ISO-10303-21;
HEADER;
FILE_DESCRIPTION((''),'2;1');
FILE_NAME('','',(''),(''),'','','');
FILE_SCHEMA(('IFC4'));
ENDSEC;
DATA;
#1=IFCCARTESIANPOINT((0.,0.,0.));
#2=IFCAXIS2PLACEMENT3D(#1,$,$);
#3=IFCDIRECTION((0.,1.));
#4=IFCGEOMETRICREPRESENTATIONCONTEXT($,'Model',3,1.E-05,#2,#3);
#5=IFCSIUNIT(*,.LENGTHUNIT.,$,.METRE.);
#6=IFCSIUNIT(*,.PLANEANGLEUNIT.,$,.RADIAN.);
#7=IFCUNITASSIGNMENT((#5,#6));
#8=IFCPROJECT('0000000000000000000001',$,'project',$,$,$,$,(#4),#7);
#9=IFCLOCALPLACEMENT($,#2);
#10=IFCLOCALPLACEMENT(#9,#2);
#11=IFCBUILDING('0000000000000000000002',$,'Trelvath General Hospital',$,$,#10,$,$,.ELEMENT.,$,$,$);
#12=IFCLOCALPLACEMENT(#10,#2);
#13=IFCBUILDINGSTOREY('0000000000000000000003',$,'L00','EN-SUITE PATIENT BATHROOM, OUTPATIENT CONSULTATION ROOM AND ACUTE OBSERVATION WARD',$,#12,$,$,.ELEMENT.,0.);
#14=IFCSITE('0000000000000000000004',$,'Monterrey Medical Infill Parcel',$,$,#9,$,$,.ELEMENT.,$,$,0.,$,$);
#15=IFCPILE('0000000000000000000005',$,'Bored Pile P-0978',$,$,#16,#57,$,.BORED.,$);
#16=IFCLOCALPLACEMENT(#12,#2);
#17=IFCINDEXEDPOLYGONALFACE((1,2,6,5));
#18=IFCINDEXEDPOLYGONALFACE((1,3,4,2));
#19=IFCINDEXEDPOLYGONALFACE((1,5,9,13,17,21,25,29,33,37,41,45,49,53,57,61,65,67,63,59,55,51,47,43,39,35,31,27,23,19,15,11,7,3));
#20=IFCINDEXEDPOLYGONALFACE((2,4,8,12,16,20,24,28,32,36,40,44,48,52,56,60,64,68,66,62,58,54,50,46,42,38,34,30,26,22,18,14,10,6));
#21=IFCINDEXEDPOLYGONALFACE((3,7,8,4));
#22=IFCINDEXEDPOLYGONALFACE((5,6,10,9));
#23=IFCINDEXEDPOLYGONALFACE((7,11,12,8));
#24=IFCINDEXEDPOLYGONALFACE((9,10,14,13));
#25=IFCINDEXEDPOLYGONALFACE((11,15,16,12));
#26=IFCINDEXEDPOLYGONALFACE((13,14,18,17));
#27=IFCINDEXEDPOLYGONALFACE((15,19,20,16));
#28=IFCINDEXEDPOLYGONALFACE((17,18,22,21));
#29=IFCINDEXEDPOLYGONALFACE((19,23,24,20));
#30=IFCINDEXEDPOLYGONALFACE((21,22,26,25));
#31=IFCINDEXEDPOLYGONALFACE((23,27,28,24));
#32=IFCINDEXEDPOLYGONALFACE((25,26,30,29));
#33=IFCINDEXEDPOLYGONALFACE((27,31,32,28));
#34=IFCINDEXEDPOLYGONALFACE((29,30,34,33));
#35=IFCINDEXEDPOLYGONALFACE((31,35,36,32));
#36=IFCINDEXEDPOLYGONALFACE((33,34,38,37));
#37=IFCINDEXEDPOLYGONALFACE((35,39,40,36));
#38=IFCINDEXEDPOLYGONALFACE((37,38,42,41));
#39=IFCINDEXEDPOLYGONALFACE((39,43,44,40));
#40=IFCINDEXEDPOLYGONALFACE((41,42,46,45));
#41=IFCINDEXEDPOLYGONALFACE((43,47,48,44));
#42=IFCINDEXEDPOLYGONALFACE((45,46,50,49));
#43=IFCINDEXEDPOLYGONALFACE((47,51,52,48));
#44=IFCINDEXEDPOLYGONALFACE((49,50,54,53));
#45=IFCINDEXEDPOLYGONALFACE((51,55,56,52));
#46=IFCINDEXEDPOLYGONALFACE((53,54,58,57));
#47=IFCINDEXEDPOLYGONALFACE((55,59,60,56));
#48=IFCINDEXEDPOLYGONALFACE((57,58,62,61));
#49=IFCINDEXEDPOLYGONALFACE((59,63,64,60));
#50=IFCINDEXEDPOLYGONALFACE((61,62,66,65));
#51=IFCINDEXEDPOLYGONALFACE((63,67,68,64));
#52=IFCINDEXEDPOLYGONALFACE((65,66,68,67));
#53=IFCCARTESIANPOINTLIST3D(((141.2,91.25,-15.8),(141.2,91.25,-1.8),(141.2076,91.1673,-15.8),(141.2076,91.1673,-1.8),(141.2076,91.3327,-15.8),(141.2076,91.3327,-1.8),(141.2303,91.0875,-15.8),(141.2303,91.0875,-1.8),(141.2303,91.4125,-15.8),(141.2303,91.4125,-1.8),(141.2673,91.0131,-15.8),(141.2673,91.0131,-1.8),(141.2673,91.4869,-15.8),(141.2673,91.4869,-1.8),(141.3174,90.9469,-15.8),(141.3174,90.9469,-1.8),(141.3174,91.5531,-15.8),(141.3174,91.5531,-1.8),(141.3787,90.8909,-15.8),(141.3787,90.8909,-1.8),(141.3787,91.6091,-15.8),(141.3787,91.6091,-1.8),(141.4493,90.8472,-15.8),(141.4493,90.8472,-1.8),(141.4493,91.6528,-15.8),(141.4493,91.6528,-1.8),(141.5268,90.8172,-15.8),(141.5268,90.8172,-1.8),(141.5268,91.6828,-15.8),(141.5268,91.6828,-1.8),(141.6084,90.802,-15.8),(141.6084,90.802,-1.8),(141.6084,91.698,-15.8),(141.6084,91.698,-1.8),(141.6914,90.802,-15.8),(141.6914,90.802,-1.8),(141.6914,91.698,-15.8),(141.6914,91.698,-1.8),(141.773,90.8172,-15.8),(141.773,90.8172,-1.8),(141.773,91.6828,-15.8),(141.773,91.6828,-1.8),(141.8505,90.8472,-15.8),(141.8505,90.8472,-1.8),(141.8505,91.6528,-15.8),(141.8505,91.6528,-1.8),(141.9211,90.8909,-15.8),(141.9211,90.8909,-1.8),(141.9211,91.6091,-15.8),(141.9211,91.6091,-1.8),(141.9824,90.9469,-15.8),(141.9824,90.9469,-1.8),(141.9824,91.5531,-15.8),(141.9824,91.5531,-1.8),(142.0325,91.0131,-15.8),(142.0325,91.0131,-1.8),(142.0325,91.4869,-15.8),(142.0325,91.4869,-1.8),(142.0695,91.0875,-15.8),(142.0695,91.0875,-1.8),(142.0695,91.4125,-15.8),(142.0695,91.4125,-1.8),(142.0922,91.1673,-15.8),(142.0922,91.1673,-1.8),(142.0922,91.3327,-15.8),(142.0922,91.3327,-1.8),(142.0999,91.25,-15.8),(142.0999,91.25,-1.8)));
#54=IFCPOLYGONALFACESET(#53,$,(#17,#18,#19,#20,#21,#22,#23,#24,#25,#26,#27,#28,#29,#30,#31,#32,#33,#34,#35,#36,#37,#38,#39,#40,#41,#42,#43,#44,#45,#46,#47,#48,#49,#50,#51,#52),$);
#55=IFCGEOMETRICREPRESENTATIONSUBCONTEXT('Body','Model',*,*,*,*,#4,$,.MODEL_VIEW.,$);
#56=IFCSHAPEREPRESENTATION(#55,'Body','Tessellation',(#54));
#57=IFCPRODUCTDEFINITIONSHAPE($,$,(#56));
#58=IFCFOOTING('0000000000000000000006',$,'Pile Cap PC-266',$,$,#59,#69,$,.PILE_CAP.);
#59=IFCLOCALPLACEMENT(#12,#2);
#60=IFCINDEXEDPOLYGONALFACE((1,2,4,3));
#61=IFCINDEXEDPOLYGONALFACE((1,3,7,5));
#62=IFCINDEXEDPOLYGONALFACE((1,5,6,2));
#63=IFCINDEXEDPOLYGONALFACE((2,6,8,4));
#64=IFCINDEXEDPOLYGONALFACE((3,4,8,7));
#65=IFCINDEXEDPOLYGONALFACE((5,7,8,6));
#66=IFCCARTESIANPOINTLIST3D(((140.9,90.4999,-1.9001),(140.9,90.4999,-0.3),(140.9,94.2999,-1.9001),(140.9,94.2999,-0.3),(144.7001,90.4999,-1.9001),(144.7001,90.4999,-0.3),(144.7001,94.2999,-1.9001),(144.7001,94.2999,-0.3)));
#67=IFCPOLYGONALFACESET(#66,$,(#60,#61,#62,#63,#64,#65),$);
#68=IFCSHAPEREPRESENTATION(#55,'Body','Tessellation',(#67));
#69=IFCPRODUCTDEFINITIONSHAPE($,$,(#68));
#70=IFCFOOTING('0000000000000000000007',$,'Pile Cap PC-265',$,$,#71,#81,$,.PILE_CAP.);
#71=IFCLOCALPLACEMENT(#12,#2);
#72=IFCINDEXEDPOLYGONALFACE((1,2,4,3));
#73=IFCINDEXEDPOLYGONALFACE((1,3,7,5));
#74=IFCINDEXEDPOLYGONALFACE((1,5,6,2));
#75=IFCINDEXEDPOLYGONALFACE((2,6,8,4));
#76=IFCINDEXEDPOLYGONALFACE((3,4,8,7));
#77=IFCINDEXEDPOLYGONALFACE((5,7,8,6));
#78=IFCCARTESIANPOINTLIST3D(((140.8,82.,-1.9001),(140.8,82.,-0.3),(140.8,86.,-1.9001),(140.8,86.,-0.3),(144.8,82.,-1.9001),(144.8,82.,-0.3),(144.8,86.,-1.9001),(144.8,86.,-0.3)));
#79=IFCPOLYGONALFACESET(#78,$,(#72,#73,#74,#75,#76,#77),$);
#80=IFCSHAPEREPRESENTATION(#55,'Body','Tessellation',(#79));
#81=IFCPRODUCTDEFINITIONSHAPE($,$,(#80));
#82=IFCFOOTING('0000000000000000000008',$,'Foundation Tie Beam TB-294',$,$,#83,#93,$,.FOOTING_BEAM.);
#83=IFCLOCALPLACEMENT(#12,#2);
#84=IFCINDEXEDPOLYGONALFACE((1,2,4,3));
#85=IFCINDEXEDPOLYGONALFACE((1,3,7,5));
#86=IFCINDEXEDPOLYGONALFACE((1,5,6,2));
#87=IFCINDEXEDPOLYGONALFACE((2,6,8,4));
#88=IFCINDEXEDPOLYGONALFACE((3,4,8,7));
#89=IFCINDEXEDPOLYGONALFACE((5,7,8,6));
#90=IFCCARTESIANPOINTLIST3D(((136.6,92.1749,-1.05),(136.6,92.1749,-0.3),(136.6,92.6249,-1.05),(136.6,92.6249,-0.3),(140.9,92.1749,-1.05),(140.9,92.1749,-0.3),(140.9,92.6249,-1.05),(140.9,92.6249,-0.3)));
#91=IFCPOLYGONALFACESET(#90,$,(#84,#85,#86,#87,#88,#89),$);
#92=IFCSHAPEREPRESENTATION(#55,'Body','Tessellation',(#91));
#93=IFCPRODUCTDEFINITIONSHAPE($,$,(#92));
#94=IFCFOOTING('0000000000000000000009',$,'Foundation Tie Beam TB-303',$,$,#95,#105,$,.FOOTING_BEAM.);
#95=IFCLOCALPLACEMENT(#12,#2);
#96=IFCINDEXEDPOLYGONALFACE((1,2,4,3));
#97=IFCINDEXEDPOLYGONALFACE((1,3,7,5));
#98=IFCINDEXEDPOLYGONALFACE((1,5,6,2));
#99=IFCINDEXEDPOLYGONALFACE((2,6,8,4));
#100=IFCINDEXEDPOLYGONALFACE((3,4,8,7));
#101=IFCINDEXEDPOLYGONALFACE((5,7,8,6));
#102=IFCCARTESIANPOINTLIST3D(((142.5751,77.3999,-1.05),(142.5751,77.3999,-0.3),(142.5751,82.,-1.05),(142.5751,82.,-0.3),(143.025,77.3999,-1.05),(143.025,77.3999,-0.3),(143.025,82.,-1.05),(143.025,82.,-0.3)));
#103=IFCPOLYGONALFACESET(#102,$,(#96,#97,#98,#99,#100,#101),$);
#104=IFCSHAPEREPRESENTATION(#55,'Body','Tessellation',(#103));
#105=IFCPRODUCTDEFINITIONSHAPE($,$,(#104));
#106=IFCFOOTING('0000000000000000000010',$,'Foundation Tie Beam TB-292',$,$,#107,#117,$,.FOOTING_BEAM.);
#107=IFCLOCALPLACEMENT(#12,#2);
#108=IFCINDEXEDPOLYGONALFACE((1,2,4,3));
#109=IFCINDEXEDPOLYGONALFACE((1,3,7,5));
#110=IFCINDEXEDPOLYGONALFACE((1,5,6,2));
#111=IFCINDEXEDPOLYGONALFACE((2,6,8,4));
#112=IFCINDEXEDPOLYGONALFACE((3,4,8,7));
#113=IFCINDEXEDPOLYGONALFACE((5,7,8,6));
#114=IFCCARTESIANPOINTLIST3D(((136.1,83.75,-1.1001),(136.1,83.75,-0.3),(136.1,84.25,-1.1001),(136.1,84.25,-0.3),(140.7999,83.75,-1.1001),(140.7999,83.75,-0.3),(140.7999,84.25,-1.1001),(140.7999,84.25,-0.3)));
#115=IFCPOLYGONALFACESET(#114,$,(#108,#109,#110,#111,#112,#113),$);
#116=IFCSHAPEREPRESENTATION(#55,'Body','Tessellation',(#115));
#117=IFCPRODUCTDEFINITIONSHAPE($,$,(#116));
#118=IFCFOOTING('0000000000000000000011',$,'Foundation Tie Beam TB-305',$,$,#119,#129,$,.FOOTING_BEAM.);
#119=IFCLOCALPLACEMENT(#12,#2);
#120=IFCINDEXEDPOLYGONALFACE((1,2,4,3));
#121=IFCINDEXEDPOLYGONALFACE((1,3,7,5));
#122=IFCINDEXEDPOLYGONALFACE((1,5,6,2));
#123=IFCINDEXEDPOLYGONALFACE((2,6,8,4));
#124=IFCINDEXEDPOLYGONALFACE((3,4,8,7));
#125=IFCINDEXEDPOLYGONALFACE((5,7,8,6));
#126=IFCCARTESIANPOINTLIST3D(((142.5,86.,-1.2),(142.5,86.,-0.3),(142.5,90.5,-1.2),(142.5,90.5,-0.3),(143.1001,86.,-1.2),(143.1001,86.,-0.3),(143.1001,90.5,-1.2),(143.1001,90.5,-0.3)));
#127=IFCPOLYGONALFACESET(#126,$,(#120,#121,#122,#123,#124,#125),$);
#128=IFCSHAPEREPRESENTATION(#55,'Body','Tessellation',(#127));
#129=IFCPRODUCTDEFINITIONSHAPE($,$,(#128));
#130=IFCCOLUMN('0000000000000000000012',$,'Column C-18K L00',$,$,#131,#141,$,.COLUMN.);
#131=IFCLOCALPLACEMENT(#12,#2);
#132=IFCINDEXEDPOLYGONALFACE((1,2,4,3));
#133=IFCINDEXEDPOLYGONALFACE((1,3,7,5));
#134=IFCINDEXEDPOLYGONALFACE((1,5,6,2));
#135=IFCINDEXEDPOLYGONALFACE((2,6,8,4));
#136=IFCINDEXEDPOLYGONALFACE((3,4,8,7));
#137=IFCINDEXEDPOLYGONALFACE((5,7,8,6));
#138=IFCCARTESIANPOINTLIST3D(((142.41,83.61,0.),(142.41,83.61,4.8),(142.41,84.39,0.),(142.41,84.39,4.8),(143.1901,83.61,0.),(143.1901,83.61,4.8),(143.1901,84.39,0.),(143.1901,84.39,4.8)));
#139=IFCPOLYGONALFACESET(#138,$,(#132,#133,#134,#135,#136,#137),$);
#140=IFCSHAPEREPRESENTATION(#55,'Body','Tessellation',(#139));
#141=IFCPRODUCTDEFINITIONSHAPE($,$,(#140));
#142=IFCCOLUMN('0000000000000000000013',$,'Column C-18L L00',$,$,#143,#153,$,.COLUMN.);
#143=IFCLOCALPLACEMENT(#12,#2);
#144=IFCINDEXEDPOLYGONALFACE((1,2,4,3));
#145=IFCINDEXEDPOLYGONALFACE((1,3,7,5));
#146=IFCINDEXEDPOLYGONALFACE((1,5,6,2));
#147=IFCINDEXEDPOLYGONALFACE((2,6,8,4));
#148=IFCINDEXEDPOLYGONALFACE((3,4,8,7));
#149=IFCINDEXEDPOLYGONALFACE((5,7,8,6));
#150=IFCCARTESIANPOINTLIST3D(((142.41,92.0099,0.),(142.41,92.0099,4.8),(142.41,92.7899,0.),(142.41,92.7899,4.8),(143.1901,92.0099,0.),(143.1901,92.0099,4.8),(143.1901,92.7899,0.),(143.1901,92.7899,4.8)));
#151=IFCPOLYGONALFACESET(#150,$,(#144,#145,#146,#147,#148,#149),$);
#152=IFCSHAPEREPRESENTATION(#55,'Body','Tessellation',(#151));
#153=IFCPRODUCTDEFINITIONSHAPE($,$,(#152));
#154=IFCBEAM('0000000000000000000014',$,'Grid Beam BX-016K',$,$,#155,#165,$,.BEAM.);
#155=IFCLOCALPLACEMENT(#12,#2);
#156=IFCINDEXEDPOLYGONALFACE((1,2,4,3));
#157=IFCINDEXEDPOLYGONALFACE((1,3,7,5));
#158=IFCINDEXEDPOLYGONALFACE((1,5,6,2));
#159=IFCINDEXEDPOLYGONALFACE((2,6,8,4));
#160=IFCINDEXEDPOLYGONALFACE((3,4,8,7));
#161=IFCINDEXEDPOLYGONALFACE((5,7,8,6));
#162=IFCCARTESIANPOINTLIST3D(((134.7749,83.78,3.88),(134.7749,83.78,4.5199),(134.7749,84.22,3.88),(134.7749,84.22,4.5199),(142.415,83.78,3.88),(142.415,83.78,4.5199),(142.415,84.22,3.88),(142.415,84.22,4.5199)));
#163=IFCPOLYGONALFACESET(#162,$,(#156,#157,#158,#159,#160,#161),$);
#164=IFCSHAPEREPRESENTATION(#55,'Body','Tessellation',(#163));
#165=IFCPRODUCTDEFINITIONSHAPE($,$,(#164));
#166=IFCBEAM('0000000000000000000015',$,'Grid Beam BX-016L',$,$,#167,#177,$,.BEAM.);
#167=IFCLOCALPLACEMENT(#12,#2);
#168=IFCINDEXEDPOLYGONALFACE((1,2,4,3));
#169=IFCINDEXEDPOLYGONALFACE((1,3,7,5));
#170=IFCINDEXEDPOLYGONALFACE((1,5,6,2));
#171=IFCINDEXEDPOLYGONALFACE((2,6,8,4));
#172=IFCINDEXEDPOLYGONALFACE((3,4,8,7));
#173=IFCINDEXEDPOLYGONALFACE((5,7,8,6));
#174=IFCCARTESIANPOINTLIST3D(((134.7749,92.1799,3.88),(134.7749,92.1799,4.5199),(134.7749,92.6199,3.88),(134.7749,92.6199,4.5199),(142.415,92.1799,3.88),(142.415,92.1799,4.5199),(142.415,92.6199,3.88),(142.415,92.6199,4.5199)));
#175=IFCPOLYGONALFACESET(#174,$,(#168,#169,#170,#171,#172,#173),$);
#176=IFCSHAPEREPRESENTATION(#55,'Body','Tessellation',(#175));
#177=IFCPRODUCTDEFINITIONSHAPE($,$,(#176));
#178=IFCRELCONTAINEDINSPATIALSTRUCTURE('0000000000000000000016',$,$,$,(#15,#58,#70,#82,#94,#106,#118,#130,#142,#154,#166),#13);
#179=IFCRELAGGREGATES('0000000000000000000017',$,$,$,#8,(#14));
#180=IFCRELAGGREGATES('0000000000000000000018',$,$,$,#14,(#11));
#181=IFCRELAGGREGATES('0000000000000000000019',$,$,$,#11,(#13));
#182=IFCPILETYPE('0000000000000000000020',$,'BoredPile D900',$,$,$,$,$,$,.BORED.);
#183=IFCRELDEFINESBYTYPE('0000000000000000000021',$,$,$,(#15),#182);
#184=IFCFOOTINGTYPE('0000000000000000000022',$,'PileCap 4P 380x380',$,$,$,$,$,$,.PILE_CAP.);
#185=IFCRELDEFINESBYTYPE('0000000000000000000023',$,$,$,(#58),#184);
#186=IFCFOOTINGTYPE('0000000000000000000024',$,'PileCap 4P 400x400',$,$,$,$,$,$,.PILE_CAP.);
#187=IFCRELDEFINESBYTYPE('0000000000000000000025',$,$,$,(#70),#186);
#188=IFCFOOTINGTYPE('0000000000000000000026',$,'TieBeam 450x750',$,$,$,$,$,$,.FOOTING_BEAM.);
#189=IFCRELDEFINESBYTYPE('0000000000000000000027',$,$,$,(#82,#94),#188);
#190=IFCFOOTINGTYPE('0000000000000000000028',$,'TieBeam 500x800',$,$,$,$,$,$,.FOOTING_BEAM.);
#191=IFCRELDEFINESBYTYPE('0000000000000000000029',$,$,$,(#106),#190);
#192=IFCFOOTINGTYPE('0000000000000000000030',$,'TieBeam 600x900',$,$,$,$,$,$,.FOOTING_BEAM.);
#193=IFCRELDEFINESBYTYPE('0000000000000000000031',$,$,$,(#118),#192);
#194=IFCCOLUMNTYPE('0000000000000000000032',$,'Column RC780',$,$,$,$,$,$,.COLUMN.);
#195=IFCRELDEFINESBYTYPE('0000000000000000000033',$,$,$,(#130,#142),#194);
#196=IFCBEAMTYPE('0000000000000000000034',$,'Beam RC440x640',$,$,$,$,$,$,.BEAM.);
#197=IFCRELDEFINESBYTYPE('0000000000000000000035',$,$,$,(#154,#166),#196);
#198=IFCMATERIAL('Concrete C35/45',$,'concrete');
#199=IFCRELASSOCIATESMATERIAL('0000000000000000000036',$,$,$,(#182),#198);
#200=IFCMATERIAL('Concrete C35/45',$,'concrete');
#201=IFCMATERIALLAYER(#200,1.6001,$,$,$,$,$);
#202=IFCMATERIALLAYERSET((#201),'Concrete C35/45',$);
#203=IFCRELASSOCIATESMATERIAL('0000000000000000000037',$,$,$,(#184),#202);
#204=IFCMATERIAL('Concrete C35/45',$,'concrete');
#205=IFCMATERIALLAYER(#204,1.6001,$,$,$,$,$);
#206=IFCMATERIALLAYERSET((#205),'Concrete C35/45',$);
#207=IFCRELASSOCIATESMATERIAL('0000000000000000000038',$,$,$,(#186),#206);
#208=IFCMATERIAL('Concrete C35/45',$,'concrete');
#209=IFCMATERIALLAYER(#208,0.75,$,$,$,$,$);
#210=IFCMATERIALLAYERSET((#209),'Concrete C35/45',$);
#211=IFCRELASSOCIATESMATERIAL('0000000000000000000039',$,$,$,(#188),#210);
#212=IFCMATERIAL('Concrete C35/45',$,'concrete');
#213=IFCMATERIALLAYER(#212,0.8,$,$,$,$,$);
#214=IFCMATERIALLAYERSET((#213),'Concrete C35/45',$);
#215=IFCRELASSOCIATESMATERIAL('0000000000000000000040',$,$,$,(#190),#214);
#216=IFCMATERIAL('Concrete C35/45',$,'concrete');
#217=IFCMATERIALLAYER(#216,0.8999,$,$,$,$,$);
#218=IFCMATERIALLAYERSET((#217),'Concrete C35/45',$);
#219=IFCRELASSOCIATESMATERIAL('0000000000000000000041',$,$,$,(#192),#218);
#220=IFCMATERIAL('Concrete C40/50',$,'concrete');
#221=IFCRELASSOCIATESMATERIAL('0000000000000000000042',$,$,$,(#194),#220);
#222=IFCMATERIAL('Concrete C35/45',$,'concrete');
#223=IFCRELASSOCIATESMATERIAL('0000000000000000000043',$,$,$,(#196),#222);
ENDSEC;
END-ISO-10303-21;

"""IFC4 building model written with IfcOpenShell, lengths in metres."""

from ifc_helpers import new_model, si_unit, direction, frame, origin, origin_2d, place, context, subcontext, project, spatial, rectangle, circle, extrude, material, layer, layer_set, material_profile, profile_set, type_object, element, save


model = new_model("IFC4")

# Units and contexts
model_context = context("Model", 3, precision=1e-05, world=origin(), true_north=direction((0.0, 1.0)))
body_context = subcontext(model_context, "Body", "Model", "MODEL_VIEW")
ifc_project = project(units=[si_unit("LENGTHUNIT", "METRE"), si_unit("PLANEANGLEUNIT", "RADIAN")], contexts=[model_context])

# Site, building, storey
site_placement = place(None, origin())
site = spatial("IfcSite", under=ifc_project, at=site_placement, Name="Monterrey Medical Infill Parcel", CompositionType="ELEMENT", RefElevation=0.0)
building_placement = place(site_placement, origin())
building = spatial("IfcBuilding", under=site, at=building_placement, Name="Trelvath General Hospital", CompositionType="ELEMENT")
storey_placement = place(building_placement, origin())
storey = spatial("IfcBuildingStorey", under=building, at=storey_placement, Name="L00", Description="EN-SUITE PATIENT BATHROOM, OUTPATIENT CONSULTATION ROOM AND ACUTE OBSERVATION WARD", CompositionType="ELEMENT", Elevation=0.0)

# Pile
ifc_material_1 = material(Name="Concrete C35/45", Category="concrete")
ifc_material_profile_1 = material_profile(ifc_material_1, circle(Radius=0.45, at=origin_2d()), Name="PILE900")
ifc_profile_set_1 = profile_set([ifc_material_profile_1], Name="Concrete C35/45")
pile_type_1 = type_object("IfcPileType", Name="BoredPile D900", PredefinedType="BORED", material=ifc_profile_set_1)
for number, where, z_axis, x_axis, name in (
    (1, (141.6499, 91.25, -1.8), (0.0, 0.0, -1.0), (1.0, 0.0, 0.0), "Bored Pile P-0978"),
):
    element("IfcPile", number, at=place(storey_placement, frame(where, z_axis=z_axis, x_axis=x_axis)), inside=storey, type_object=pile_type_1, Name=name, PredefinedType="BORED", context=body_context, shape_type="SweptSolid", body=[
        extrude(circle(Radius=0.45, at=origin_2d()), origin(), (0.0, 0.0, 1.0), 14.0),
    ])

# Footings
ifc_material_2 = material(Name="Concrete C35/45", Category="concrete")
ifc_layer_1 = layer(ifc_material_2, 1.6001)
ifc_layer_set_1 = layer_set([ifc_layer_1], Name="Concrete C35/45")
footing_type_1 = type_object("IfcFootingType", Name="PileCap 4P 380x380", PredefinedType="PILE_CAP", material=ifc_layer_set_1)
footing_1_placement = place(storey_placement, frame((142.8, 92.3999, -1.9001), z_axis=(0.0, 0.0, 1.0), x_axis=(1.0, 0.0, 0.0)))
element("IfcFooting", 2, at=footing_1_placement, inside=storey, type_object=footing_type_1, Name="Pile Cap PC-266", PredefinedType="PILE_CAP", context=body_context, shape_type="SweptSolid", body=[
    extrude(rectangle(XDim=3.8, YDim=3.8, at=origin_2d()), origin(), (0.0, 0.0, 1.0), 1.6001),
])
ifc_material_3 = material(Name="Concrete C35/45", Category="concrete")
ifc_layer_2 = layer(ifc_material_3, 1.6001)
ifc_layer_set_2 = layer_set([ifc_layer_2], Name="Concrete C35/45")
footing_type_2 = type_object("IfcFootingType", Name="PileCap 4P 400x400", PredefinedType="PILE_CAP", material=ifc_layer_set_2)
footing_2_placement = place(storey_placement, frame((142.8, 84.0, -1.9001), z_axis=(0.0, 0.0, 1.0), x_axis=(1.0, 0.0, 0.0)))
element("IfcFooting", 3, at=footing_2_placement, inside=storey, type_object=footing_type_2, Name="Pile Cap PC-265", PredefinedType="PILE_CAP", context=body_context, shape_type="SweptSolid", body=[
    extrude(rectangle(XDim=4.0, YDim=4.0, at=origin_2d()), origin(), (0.0, 0.0, 1.0), 1.6001),
])
ifc_material_4 = material(Name="Concrete C35/45", Category="concrete")
ifc_layer_3 = layer(ifc_material_4, 0.75)
ifc_layer_set_3 = layer_set([ifc_layer_3], Name="Concrete C35/45")
footing_type_3 = type_object("IfcFootingType", Name="TieBeam 450x750", PredefinedType="FOOTING_BEAM", material=ifc_layer_set_3)
footing_3_placement = place(storey_placement, frame((138.75, 92.3999, -1.05), z_axis=(0.0, 0.0, 1.0), x_axis=(1.0, 0.0, 0.0)))
element("IfcFooting", 4, at=footing_3_placement, inside=storey, type_object=footing_type_3, Name="Foundation Tie Beam TB-294", PredefinedType="FOOTING_BEAM", context=body_context, shape_type="SweptSolid", body=[
    extrude(rectangle(XDim=4.3, YDim=0.45, at=origin_2d()), origin(), (0.0, 0.0, 1.0), 0.75),
])
footing_4_placement = place(storey_placement, frame((142.8, 79.7, -1.05), z_axis=(0.0, 0.0, 1.0), x_axis=(1.0, 0.0, 0.0)))
element("IfcFooting", 5, at=footing_4_placement, inside=storey, type_object=footing_type_3, Name="Foundation Tie Beam TB-303", PredefinedType="FOOTING_BEAM", context=body_context, shape_type="SweptSolid", body=[
    extrude(rectangle(XDim=0.45, YDim=4.6001, at=origin_2d()), origin(), (0.0, 0.0, 1.0), 0.75),
])
ifc_material_5 = material(Name="Concrete C35/45", Category="concrete")
ifc_layer_4 = layer(ifc_material_5, 0.8)
ifc_layer_set_4 = layer_set([ifc_layer_4], Name="Concrete C35/45")
footing_type_4 = type_object("IfcFootingType", Name="TieBeam 500x800", PredefinedType="FOOTING_BEAM", material=ifc_layer_set_4)
footing_5_placement = place(storey_placement, frame((138.45, 84.0, -1.1001), z_axis=(0.0, 0.0, 1.0), x_axis=(1.0, 0.0, 0.0)))
element("IfcFooting", 6, at=footing_5_placement, inside=storey, type_object=footing_type_4, Name="Foundation Tie Beam TB-292", PredefinedType="FOOTING_BEAM", context=body_context, shape_type="SweptSolid", body=[
    extrude(rectangle(XDim=4.7, YDim=0.5, at=origin_2d()), origin(), (0.0, 0.0, 1.0), 0.8),
])
ifc_material_6 = material(Name="Concrete C35/45", Category="concrete")
ifc_layer_5 = layer(ifc_material_6, 0.8999)
ifc_layer_set_5 = layer_set([ifc_layer_5], Name="Concrete C35/45")
footing_type_5 = type_object("IfcFootingType", Name="TieBeam 600x900", PredefinedType="FOOTING_BEAM", material=ifc_layer_set_5)
footing_6_placement = place(storey_placement, frame((142.8, 88.25, -1.2), z_axis=(0.0, 0.0, 1.0), x_axis=(1.0, 0.0, 0.0)))
element("IfcFooting", 7, at=footing_6_placement, inside=storey, type_object=footing_type_5, Name="Foundation Tie Beam TB-305", PredefinedType="FOOTING_BEAM", context=body_context, shape_type="SweptSolid", body=[
    extrude(rectangle(XDim=0.6001, YDim=4.5, at=origin_2d()), origin(), (0.0, 0.0, 1.0), 0.8999),
])

# Columns
ifc_material_7 = material(Name="Concrete C40/50", Category="concrete")
ifc_material_profile_2 = material_profile(ifc_material_7, rectangle(XDim=0.78, YDim=0.78, at=origin_2d()), Name="RC780x780")
ifc_profile_set_2 = profile_set([ifc_material_profile_2], Name="Concrete C40/50")
column_type = type_object("IfcColumnType", Name="Column RC780", PredefinedType="COLUMN", material=ifc_profile_set_2)
for number, where, z_axis, x_axis, name in (
    (8, (142.8, 84.0, 0.0), (0.0, 0.0, 1.0), (1.0, 0.0, 0.0), "Column C-18K L00"),
    (9, (142.8, 92.3999, 0.0), (0.0, 0.0, 1.0), (1.0, 0.0, 0.0), "Column C-18L L00"),
):
    element("IfcColumn", number, at=place(storey_placement, frame(where, z_axis=z_axis, x_axis=x_axis)), inside=storey, type_object=column_type, Name=name, PredefinedType="COLUMN", context=body_context, shape_type="SweptSolid", body=[
        extrude(rectangle(XDim=0.78, YDim=0.78, at=origin_2d()), origin(), (0.0, 0.0, 1.0), 4.8),
    ])

# Beams
ifc_material_8 = material(Name="Concrete C35/45", Category="concrete")
ifc_material_profile_3 = material_profile(ifc_material_8, rectangle(XDim=0.4399, YDim=0.6399, at=origin_2d()), Name="RCB440x640")
ifc_profile_set_3 = profile_set([ifc_material_profile_3], Name="Concrete C35/45")
beam_type_1 = type_object("IfcBeamType", Name="Beam RC440x640", PredefinedType="BEAM", material=ifc_profile_set_3)
for number, where, z_axis, x_axis, name in (
    (10, (134.7749, 84.0, 4.2), (1.0, 0.0, 0.0), (0.0, 1.0, 0.0), "Grid Beam BX-016K"),
    (11, (134.7749, 92.3999, 4.2), (1.0, 0.0, 0.0), (0.0, 1.0, 0.0), "Grid Beam BX-016L"),
):
    element("IfcBeam", number, at=place(storey_placement, frame(where, z_axis=z_axis, x_axis=x_axis)), inside=storey, type_object=beam_type_1, Name=name, PredefinedType="BEAM", context=body_context, shape_type="SweptSolid", body=[
        extrude(rectangle(XDim=0.4399, YDim=0.6399, at=origin_2d()), origin(), (0.0, 0.0, 1.0), 7.6401),
    ])

save(model, "model.ifc")
